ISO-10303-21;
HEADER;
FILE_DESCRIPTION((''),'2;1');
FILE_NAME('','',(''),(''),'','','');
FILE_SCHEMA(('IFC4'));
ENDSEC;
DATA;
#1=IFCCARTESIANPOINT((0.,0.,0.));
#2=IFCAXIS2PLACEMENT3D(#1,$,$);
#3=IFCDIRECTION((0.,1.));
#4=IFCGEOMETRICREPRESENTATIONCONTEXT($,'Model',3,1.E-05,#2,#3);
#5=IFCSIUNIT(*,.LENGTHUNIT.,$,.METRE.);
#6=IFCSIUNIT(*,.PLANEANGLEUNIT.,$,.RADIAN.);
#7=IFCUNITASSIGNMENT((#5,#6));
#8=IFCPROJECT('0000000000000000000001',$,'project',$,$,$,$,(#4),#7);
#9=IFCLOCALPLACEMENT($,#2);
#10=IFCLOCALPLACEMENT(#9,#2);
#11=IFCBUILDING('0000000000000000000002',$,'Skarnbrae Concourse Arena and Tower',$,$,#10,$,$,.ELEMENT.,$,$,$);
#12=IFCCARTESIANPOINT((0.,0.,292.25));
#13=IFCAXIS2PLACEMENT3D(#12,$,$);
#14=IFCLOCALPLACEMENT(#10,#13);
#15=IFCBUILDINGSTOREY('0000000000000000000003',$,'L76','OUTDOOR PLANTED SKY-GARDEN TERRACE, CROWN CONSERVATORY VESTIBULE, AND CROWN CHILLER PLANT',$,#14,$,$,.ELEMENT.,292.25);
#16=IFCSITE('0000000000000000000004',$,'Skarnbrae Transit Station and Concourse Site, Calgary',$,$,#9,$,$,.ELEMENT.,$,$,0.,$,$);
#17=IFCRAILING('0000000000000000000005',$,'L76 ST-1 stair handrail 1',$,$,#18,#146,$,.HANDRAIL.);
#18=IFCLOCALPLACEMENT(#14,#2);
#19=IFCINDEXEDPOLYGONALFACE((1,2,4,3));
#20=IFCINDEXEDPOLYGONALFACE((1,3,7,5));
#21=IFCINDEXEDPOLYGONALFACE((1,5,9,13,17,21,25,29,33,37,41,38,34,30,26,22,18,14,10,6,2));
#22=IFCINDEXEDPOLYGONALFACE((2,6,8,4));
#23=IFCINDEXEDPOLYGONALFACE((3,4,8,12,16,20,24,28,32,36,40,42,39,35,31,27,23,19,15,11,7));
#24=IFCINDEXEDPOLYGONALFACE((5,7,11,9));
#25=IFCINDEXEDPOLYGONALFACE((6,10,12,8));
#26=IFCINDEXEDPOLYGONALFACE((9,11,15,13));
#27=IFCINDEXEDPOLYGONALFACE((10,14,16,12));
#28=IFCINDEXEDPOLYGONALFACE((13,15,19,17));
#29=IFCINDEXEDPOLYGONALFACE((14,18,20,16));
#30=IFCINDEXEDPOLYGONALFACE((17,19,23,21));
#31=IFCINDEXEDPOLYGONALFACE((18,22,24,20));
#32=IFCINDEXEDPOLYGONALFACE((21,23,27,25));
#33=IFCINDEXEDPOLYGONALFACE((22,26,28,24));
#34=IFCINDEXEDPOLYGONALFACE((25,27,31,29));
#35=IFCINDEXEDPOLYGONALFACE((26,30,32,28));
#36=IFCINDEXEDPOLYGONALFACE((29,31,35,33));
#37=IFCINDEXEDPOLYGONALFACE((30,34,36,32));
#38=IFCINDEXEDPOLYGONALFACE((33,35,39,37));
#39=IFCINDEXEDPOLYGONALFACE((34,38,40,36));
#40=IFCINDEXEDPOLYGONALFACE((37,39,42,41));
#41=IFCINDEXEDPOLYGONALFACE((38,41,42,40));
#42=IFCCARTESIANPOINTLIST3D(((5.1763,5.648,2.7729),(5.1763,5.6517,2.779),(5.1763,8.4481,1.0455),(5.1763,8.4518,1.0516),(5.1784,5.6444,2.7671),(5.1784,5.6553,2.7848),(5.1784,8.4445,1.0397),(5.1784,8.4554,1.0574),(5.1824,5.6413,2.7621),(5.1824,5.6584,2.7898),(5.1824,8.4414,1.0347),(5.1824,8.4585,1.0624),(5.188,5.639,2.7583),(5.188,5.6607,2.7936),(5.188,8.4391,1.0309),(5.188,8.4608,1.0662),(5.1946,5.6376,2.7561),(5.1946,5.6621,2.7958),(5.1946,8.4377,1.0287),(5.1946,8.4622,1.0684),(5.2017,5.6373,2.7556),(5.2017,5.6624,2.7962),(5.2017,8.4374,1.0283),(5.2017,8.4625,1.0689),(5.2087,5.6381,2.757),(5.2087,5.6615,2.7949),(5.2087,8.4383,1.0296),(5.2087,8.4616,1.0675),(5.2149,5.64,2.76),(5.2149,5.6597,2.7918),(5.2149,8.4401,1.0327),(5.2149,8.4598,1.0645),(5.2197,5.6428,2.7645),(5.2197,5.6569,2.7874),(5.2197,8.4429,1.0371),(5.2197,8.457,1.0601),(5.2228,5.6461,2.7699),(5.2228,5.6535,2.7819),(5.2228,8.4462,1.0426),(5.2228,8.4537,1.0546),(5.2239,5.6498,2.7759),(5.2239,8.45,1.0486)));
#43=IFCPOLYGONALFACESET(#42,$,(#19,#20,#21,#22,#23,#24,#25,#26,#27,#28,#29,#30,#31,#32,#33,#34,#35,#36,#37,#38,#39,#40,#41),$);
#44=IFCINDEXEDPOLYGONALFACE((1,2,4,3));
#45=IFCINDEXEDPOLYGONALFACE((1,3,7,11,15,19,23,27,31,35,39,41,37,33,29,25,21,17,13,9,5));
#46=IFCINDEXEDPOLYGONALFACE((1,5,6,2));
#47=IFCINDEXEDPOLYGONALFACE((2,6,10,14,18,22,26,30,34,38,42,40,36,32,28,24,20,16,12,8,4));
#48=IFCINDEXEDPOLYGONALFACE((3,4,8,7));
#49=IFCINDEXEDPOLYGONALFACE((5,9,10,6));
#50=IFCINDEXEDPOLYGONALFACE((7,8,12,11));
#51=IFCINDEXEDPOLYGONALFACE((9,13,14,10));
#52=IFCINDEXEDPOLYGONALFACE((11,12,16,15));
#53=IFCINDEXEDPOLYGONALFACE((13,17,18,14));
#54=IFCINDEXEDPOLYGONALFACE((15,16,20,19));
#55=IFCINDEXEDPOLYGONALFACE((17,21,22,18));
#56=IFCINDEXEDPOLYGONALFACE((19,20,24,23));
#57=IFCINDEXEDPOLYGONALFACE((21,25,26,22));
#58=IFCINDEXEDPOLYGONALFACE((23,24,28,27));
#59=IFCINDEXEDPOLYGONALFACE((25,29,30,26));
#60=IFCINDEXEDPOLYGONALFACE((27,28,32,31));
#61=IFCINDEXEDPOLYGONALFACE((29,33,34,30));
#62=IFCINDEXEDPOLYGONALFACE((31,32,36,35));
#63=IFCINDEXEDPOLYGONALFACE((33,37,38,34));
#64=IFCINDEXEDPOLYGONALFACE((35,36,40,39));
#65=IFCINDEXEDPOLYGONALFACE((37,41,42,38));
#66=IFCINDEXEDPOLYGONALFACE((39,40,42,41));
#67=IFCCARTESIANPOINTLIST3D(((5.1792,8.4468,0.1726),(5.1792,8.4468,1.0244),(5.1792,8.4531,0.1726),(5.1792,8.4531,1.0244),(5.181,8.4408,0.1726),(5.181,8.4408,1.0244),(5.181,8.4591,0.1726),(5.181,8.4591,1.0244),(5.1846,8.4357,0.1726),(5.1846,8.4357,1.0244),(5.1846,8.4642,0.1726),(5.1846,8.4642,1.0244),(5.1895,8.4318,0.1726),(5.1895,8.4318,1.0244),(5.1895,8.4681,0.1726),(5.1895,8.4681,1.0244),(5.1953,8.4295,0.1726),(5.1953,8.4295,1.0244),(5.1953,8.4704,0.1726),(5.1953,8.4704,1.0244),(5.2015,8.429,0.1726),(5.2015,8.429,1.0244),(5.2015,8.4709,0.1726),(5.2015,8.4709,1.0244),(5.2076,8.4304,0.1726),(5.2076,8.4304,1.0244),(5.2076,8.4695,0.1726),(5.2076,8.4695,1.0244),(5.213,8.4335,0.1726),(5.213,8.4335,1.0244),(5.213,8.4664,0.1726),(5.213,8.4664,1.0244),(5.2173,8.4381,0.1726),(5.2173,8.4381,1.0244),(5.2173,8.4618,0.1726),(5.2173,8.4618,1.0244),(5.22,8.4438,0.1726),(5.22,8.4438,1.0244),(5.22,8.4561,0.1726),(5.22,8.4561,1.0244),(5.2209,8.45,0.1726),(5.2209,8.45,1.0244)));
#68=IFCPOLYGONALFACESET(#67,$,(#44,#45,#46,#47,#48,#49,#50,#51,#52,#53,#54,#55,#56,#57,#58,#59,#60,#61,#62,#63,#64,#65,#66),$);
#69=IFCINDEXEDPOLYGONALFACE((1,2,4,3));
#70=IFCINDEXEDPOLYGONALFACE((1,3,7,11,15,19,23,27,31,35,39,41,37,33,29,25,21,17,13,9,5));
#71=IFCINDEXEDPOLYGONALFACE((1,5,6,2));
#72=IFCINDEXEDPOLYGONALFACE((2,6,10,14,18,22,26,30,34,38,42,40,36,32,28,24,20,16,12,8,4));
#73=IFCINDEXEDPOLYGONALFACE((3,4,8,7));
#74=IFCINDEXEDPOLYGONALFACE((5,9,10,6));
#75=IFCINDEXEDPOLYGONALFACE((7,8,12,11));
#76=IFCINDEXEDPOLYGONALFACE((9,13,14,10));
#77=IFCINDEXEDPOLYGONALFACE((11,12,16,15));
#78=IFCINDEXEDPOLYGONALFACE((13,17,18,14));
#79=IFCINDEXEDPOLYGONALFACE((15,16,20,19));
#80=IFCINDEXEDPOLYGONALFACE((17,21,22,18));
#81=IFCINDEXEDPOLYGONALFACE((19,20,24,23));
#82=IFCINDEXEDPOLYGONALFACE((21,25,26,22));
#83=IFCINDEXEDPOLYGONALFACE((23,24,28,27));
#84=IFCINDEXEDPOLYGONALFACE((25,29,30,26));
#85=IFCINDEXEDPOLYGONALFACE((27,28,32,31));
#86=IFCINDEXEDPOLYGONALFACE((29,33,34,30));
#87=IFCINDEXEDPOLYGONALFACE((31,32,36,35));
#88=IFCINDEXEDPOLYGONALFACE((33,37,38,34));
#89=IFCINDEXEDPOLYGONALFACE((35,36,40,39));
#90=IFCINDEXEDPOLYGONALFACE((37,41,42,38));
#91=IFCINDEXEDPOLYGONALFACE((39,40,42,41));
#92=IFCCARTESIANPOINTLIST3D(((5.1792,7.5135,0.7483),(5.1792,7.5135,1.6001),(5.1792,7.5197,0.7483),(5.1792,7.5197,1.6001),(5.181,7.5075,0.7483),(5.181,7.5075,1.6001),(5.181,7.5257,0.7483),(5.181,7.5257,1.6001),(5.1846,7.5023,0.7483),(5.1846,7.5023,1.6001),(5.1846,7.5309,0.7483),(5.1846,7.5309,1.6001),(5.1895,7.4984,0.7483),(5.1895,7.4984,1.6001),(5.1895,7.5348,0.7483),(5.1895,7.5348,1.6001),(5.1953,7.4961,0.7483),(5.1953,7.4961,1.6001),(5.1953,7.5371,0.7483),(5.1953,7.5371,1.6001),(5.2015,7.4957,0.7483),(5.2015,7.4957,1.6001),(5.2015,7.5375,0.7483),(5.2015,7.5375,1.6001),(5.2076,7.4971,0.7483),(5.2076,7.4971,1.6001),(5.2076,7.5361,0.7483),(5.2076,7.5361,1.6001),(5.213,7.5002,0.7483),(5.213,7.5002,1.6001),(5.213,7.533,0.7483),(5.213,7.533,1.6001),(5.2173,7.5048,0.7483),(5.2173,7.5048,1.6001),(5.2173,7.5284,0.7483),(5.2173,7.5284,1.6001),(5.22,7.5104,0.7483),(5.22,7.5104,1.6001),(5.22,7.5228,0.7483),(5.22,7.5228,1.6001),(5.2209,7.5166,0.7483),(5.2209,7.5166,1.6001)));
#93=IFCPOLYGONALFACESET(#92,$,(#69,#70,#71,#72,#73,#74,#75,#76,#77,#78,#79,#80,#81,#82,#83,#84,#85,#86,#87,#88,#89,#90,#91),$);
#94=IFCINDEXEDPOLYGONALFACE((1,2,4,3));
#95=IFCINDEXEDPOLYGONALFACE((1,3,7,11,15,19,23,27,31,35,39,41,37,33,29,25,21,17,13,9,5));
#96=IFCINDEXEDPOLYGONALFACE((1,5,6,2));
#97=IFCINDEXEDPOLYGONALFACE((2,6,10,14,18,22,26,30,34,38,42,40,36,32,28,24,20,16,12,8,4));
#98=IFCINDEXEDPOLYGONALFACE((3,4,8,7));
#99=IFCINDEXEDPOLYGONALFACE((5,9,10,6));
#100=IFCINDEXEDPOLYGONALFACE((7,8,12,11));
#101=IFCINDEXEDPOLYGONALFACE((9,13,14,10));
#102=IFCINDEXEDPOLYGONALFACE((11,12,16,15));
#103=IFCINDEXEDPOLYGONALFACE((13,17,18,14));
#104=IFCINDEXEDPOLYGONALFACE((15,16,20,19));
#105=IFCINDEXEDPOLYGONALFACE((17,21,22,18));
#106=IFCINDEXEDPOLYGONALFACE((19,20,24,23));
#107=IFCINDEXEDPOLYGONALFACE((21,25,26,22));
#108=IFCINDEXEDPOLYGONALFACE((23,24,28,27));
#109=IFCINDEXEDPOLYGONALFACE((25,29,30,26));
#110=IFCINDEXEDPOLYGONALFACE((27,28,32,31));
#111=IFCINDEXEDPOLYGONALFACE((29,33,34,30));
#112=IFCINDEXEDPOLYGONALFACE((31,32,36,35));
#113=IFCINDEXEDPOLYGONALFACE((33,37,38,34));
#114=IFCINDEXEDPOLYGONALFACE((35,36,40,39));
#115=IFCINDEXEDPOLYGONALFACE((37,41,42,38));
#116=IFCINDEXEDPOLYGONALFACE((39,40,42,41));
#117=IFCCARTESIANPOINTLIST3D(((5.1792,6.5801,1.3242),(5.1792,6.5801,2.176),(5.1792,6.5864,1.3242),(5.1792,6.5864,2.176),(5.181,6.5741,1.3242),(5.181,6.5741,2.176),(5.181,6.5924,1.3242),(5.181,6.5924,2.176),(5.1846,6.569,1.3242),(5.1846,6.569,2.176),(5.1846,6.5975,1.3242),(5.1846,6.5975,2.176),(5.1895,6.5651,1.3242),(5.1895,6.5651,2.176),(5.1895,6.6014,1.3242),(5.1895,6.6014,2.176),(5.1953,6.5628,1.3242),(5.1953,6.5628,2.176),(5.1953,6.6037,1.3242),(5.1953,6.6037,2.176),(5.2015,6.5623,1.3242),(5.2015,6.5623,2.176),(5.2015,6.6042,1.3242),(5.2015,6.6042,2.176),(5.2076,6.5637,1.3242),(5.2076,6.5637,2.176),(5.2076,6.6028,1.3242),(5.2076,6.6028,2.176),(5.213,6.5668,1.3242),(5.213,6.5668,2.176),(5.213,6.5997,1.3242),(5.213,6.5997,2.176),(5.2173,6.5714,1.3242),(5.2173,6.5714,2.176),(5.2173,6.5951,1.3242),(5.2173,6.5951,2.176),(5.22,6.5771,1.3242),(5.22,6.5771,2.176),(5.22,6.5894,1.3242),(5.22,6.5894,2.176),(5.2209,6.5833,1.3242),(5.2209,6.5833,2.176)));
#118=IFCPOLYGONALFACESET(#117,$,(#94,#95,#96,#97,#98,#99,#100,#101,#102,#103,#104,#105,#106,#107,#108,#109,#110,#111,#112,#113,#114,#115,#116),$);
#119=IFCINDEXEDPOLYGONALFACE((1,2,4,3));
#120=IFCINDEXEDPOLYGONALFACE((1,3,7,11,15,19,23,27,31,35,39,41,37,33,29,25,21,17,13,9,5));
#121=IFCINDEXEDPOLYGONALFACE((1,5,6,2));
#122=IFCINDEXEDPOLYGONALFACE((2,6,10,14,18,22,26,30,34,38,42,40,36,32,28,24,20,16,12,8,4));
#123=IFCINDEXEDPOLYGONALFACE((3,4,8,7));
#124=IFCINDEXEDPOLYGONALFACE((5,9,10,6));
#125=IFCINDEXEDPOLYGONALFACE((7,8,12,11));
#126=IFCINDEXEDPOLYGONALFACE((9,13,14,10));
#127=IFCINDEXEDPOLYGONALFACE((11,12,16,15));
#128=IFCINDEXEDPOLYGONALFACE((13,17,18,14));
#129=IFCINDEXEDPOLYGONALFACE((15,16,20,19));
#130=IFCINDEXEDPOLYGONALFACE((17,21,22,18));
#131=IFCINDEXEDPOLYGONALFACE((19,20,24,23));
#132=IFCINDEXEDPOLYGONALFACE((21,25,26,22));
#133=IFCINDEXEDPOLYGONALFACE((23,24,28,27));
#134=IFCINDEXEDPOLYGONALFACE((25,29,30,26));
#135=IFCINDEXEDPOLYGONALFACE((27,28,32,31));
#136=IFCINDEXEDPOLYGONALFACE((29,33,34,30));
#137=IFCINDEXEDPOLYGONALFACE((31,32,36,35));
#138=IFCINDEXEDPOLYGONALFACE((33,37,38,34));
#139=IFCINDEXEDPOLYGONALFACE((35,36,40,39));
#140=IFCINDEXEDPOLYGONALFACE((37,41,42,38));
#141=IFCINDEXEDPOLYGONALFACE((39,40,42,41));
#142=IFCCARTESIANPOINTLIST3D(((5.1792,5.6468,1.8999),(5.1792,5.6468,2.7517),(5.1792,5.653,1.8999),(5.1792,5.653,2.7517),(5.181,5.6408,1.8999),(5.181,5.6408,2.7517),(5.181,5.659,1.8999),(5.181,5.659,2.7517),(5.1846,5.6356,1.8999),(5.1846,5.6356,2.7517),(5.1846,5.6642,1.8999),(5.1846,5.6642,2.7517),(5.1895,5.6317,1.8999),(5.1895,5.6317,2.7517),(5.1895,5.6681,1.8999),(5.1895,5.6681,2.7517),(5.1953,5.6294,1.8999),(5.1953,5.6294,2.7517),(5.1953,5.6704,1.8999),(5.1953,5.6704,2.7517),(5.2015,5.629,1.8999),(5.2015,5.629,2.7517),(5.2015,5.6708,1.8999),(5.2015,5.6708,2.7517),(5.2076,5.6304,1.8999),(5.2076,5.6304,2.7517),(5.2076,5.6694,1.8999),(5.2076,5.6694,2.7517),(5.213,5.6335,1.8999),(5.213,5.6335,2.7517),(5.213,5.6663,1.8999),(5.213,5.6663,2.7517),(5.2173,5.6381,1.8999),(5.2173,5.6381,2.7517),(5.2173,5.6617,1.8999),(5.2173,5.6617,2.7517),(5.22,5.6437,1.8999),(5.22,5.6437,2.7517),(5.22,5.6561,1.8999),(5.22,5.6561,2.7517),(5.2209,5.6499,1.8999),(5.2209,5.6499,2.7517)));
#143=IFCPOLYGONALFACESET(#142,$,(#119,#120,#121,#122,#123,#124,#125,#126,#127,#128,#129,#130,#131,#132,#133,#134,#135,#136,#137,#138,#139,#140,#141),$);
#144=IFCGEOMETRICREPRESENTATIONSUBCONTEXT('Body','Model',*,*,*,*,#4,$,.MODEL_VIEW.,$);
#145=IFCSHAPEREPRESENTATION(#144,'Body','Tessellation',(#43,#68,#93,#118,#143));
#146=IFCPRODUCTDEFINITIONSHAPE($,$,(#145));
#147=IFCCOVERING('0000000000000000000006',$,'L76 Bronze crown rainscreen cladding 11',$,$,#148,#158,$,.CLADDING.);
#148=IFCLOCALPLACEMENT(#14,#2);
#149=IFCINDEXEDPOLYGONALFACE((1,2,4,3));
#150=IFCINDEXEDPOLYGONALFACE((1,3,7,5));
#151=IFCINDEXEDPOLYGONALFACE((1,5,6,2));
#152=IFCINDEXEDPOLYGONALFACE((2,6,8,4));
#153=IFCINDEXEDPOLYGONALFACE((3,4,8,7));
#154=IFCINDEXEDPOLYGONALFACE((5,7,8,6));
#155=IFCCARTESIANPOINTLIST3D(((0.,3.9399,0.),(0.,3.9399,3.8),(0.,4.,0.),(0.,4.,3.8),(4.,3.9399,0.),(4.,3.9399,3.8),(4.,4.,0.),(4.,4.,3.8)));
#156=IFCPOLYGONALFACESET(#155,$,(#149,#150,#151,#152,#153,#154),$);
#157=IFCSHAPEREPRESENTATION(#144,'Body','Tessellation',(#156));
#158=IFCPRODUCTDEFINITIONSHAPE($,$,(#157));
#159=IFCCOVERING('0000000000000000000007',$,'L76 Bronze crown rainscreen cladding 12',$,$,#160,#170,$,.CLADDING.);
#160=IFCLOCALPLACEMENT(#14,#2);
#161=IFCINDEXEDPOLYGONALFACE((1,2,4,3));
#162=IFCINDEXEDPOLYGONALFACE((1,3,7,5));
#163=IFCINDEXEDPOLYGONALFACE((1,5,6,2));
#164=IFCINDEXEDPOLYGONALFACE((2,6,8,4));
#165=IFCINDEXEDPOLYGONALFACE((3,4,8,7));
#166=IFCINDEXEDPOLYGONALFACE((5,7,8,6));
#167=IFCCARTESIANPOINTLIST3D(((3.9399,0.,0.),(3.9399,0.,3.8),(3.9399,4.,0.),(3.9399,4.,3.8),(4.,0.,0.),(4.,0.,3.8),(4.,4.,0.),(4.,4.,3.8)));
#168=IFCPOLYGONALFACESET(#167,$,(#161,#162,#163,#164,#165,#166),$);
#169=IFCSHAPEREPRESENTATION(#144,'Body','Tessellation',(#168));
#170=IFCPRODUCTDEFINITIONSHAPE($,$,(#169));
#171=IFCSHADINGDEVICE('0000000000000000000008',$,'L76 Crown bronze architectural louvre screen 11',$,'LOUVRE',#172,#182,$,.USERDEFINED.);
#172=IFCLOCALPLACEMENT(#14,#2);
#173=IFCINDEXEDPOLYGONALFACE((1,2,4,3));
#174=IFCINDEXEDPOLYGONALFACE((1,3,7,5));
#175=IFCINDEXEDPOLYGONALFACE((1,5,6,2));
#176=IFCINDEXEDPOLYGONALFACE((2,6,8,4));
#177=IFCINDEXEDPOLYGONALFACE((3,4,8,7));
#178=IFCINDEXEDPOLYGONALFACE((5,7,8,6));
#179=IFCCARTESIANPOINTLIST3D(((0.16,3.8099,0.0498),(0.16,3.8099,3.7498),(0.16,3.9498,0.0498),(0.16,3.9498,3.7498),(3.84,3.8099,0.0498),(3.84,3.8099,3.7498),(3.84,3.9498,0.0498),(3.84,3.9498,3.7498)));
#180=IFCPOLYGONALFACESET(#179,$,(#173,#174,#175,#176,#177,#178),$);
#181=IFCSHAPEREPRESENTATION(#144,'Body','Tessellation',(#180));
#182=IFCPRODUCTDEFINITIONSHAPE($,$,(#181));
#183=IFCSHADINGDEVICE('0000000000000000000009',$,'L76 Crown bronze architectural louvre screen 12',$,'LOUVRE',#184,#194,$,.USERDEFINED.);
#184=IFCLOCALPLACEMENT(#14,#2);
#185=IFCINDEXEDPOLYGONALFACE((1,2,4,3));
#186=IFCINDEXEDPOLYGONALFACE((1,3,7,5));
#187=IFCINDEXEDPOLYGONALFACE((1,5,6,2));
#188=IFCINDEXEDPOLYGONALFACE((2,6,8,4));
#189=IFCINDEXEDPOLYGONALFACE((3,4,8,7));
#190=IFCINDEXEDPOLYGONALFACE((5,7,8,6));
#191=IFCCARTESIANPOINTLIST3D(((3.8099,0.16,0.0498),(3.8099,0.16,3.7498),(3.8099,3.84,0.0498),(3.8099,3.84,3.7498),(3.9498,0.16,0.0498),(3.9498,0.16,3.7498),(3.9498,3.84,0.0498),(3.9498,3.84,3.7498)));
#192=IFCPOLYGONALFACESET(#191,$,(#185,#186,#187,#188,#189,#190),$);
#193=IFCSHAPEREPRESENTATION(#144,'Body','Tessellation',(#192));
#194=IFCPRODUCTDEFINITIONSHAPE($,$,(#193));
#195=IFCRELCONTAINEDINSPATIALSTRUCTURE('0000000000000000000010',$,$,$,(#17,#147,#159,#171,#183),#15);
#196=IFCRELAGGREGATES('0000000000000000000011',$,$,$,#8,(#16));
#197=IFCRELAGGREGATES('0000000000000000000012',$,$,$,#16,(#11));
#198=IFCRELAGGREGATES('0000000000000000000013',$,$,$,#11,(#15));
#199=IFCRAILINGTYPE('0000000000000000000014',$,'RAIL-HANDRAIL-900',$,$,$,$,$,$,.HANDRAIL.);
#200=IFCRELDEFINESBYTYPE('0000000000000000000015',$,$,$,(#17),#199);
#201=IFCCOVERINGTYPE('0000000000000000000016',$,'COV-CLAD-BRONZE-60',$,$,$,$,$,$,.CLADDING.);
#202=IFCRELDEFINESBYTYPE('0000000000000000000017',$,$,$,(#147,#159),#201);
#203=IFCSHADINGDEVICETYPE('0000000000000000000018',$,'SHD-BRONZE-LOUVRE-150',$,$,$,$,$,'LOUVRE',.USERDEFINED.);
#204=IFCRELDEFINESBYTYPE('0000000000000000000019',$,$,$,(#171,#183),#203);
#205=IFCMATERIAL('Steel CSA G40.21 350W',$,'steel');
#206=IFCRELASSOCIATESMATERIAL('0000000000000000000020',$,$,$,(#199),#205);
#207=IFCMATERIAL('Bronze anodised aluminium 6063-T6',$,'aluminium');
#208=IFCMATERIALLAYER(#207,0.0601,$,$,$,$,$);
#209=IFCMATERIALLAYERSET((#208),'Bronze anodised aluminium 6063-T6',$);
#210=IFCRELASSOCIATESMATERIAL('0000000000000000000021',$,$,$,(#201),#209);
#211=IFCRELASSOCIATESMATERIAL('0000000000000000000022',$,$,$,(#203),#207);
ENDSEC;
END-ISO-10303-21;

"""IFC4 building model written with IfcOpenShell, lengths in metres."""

from ifc_helpers import new_model, si_unit, direction, frame, origin, origin_2d, place, context, subcontext, project, spatial, rectangle, circle, extrude, source, transform, mapped, material, layer, layer_set, type_object, element, save


model = new_model("IFC4")

# Units and contexts
model_context = context("Model", 3, precision=1e-05, world=origin(), true_north=direction((0.0, 1.0)))
body_context = subcontext(model_context, "Body", "Model", "MODEL_VIEW")
ifc_project = project(units=[si_unit("LENGTHUNIT", "METRE"), si_unit("PLANEANGLEUNIT", "RADIAN")], contexts=[model_context])

# Site, building, storey
site_placement = place(None, origin())
site = spatial("IfcSite", under=ifc_project, at=site_placement, Name="Skarnbrae Transit Station and Concourse Site, Calgary", CompositionType="ELEMENT", RefElevation=0.0)
building_placement = place(site_placement, origin())
building = spatial("IfcBuilding", under=site, at=building_placement, Name="Skarnbrae Concourse Arena and Tower", CompositionType="ELEMENT")
storey_placement = place(building_placement, frame((0.0, 0.0, 292.25)))
storey = spatial("IfcBuildingStorey", under=building, at=storey_placement, Name="L76", Description="OUTDOOR PLANTED SKY-GARDEN TERRACE, CROWN CONSERVATORY VESTIBULE, AND CROWN CHILLER PLANT", CompositionType="ELEMENT", Elevation=292.25)

# Shared definitions
ifc_material_1 = material(Name="Steel CSA G40.21 350W", Category="steel")

# Railing
railing_type = type_object("IfcRailingType", Name="RAIL-HANDRAIL-900", PredefinedType="HANDRAIL", material=ifc_material_1)
railing_placement = place(storey_placement, frame((5.2, 8.45, 0.1726)))
element("IfcRailing", 1, at=railing_placement, inside=storey, type_object=railing_type, Name="L76 ST-1 stair handrail 1", PredefinedType="HANDRAIL", context=body_context, shape_type="SweptSolid", body=[
    extrude(circle(Radius=0.0239, at=origin_2d()), frame((0.0, 0.0, 0.876), z_axis=(0.0, -0.85109, 0.52502), x_axis=(1.0, 0.0, 0.0)), (0.0, 0.0, 1.0), 3.29),
    extrude(circle(Radius=0.021, at=origin_2d()), origin(), (0.0, 0.0, 1.0), 0.8518),
    extrude(circle(Radius=0.021, at=origin_2d()), frame((0.0, -0.9333, 0.5757)), (0.0, 0.0, 1.0), 0.8518),
    extrude(circle(Radius=0.021, at=origin_2d()), frame((0.0, -1.8667, 1.1516)), (0.0, 0.0, 1.0), 0.8518),
    extrude(circle(Radius=0.021, at=origin_2d()), frame((0.0, -2.8, 1.7273)), (0.0, 0.0, 1.0), 0.8518),
])

# Coverings
ifc_material_2 = material(Name="Bronze anodised aluminium 6063-T6", Category="aluminium")
ifc_layer_1 = layer(ifc_material_2, 0.0601)
ifc_layer_set_1 = layer_set([ifc_layer_1], Name="Bronze anodised aluminium 6063-T6")
covering_type = type_object("IfcCoveringType", Name="COV-CLAD-BRONZE-60", PredefinedType="CLADDING", material=ifc_layer_set_1)
shared_shape_1 = source(origin(), body_context, "Body", "SweptSolid", [
    extrude(rectangle(XDim=4.0, YDim=0.0601, at=origin_2d()), origin(), (0.0, 0.0, 1.0), 3.8),
])
for number, where, z_axis, x_axis, name in (
    (2, (2.0, 3.97, 0.0), (0.0, 0.0, 1.0), (1.0, 0.0, 0.0), "L76 Bronze crown rainscreen cladding 11"),
    (3, (3.97, 2.0, 0.0), (0.0, 0.0, 1.0), (0.0, -1.0, 0.0), "L76 Bronze crown rainscreen cladding 12"),
):
    element("IfcCovering", number, at=place(storey_placement, frame(where, z_axis=z_axis, x_axis=x_axis)), inside=storey, type_object=covering_type, Name=name, PredefinedType="CLADDING", context=body_context, shape_type="MappedRepresentation", body=[
        mapped(shared_shape_1, transform((0.0, 0.0, 0.0))),
    ])

# Shading devices
shading_device_type = type_object("IfcShadingDeviceType", Name="SHD-BRONZE-LOUVRE-150", ElementType="LOUVRE", PredefinedType="USERDEFINED", material=ifc_material_2)
shared_shape_2 = source(origin(), body_context, "Body", "SweptSolid", [
    extrude(rectangle(XDim=3.6799, YDim=0.1399, at=origin_2d()), origin(), (0.0, 0.0, 1.0), 3.7),
])
for number, where, z_axis, x_axis, name in (
    (4, (2.0, 3.8799, 0.0498), (0.0, 0.0, 1.0), (1.0, 0.0, 0.0), "L76 Crown bronze architectural louvre screen 11"),
    (5, (3.8799, 2.0, 0.0498), (0.0, 0.0, 1.0), (0.0, -1.0, 0.0), "L76 Crown bronze architectural louvre screen 12"),
):
    element("IfcShadingDevice", number, at=place(storey_placement, frame(where, z_axis=z_axis, x_axis=x_axis)), inside=storey, type_object=shading_device_type, Name=name, ObjectType="LOUVRE", PredefinedType="USERDEFINED", context=body_context, shape_type="MappedRepresentation", body=[
        mapped(shared_shape_2, transform((0.0, 0.0, 0.0))),
    ])

save(model, "model.ifc")
